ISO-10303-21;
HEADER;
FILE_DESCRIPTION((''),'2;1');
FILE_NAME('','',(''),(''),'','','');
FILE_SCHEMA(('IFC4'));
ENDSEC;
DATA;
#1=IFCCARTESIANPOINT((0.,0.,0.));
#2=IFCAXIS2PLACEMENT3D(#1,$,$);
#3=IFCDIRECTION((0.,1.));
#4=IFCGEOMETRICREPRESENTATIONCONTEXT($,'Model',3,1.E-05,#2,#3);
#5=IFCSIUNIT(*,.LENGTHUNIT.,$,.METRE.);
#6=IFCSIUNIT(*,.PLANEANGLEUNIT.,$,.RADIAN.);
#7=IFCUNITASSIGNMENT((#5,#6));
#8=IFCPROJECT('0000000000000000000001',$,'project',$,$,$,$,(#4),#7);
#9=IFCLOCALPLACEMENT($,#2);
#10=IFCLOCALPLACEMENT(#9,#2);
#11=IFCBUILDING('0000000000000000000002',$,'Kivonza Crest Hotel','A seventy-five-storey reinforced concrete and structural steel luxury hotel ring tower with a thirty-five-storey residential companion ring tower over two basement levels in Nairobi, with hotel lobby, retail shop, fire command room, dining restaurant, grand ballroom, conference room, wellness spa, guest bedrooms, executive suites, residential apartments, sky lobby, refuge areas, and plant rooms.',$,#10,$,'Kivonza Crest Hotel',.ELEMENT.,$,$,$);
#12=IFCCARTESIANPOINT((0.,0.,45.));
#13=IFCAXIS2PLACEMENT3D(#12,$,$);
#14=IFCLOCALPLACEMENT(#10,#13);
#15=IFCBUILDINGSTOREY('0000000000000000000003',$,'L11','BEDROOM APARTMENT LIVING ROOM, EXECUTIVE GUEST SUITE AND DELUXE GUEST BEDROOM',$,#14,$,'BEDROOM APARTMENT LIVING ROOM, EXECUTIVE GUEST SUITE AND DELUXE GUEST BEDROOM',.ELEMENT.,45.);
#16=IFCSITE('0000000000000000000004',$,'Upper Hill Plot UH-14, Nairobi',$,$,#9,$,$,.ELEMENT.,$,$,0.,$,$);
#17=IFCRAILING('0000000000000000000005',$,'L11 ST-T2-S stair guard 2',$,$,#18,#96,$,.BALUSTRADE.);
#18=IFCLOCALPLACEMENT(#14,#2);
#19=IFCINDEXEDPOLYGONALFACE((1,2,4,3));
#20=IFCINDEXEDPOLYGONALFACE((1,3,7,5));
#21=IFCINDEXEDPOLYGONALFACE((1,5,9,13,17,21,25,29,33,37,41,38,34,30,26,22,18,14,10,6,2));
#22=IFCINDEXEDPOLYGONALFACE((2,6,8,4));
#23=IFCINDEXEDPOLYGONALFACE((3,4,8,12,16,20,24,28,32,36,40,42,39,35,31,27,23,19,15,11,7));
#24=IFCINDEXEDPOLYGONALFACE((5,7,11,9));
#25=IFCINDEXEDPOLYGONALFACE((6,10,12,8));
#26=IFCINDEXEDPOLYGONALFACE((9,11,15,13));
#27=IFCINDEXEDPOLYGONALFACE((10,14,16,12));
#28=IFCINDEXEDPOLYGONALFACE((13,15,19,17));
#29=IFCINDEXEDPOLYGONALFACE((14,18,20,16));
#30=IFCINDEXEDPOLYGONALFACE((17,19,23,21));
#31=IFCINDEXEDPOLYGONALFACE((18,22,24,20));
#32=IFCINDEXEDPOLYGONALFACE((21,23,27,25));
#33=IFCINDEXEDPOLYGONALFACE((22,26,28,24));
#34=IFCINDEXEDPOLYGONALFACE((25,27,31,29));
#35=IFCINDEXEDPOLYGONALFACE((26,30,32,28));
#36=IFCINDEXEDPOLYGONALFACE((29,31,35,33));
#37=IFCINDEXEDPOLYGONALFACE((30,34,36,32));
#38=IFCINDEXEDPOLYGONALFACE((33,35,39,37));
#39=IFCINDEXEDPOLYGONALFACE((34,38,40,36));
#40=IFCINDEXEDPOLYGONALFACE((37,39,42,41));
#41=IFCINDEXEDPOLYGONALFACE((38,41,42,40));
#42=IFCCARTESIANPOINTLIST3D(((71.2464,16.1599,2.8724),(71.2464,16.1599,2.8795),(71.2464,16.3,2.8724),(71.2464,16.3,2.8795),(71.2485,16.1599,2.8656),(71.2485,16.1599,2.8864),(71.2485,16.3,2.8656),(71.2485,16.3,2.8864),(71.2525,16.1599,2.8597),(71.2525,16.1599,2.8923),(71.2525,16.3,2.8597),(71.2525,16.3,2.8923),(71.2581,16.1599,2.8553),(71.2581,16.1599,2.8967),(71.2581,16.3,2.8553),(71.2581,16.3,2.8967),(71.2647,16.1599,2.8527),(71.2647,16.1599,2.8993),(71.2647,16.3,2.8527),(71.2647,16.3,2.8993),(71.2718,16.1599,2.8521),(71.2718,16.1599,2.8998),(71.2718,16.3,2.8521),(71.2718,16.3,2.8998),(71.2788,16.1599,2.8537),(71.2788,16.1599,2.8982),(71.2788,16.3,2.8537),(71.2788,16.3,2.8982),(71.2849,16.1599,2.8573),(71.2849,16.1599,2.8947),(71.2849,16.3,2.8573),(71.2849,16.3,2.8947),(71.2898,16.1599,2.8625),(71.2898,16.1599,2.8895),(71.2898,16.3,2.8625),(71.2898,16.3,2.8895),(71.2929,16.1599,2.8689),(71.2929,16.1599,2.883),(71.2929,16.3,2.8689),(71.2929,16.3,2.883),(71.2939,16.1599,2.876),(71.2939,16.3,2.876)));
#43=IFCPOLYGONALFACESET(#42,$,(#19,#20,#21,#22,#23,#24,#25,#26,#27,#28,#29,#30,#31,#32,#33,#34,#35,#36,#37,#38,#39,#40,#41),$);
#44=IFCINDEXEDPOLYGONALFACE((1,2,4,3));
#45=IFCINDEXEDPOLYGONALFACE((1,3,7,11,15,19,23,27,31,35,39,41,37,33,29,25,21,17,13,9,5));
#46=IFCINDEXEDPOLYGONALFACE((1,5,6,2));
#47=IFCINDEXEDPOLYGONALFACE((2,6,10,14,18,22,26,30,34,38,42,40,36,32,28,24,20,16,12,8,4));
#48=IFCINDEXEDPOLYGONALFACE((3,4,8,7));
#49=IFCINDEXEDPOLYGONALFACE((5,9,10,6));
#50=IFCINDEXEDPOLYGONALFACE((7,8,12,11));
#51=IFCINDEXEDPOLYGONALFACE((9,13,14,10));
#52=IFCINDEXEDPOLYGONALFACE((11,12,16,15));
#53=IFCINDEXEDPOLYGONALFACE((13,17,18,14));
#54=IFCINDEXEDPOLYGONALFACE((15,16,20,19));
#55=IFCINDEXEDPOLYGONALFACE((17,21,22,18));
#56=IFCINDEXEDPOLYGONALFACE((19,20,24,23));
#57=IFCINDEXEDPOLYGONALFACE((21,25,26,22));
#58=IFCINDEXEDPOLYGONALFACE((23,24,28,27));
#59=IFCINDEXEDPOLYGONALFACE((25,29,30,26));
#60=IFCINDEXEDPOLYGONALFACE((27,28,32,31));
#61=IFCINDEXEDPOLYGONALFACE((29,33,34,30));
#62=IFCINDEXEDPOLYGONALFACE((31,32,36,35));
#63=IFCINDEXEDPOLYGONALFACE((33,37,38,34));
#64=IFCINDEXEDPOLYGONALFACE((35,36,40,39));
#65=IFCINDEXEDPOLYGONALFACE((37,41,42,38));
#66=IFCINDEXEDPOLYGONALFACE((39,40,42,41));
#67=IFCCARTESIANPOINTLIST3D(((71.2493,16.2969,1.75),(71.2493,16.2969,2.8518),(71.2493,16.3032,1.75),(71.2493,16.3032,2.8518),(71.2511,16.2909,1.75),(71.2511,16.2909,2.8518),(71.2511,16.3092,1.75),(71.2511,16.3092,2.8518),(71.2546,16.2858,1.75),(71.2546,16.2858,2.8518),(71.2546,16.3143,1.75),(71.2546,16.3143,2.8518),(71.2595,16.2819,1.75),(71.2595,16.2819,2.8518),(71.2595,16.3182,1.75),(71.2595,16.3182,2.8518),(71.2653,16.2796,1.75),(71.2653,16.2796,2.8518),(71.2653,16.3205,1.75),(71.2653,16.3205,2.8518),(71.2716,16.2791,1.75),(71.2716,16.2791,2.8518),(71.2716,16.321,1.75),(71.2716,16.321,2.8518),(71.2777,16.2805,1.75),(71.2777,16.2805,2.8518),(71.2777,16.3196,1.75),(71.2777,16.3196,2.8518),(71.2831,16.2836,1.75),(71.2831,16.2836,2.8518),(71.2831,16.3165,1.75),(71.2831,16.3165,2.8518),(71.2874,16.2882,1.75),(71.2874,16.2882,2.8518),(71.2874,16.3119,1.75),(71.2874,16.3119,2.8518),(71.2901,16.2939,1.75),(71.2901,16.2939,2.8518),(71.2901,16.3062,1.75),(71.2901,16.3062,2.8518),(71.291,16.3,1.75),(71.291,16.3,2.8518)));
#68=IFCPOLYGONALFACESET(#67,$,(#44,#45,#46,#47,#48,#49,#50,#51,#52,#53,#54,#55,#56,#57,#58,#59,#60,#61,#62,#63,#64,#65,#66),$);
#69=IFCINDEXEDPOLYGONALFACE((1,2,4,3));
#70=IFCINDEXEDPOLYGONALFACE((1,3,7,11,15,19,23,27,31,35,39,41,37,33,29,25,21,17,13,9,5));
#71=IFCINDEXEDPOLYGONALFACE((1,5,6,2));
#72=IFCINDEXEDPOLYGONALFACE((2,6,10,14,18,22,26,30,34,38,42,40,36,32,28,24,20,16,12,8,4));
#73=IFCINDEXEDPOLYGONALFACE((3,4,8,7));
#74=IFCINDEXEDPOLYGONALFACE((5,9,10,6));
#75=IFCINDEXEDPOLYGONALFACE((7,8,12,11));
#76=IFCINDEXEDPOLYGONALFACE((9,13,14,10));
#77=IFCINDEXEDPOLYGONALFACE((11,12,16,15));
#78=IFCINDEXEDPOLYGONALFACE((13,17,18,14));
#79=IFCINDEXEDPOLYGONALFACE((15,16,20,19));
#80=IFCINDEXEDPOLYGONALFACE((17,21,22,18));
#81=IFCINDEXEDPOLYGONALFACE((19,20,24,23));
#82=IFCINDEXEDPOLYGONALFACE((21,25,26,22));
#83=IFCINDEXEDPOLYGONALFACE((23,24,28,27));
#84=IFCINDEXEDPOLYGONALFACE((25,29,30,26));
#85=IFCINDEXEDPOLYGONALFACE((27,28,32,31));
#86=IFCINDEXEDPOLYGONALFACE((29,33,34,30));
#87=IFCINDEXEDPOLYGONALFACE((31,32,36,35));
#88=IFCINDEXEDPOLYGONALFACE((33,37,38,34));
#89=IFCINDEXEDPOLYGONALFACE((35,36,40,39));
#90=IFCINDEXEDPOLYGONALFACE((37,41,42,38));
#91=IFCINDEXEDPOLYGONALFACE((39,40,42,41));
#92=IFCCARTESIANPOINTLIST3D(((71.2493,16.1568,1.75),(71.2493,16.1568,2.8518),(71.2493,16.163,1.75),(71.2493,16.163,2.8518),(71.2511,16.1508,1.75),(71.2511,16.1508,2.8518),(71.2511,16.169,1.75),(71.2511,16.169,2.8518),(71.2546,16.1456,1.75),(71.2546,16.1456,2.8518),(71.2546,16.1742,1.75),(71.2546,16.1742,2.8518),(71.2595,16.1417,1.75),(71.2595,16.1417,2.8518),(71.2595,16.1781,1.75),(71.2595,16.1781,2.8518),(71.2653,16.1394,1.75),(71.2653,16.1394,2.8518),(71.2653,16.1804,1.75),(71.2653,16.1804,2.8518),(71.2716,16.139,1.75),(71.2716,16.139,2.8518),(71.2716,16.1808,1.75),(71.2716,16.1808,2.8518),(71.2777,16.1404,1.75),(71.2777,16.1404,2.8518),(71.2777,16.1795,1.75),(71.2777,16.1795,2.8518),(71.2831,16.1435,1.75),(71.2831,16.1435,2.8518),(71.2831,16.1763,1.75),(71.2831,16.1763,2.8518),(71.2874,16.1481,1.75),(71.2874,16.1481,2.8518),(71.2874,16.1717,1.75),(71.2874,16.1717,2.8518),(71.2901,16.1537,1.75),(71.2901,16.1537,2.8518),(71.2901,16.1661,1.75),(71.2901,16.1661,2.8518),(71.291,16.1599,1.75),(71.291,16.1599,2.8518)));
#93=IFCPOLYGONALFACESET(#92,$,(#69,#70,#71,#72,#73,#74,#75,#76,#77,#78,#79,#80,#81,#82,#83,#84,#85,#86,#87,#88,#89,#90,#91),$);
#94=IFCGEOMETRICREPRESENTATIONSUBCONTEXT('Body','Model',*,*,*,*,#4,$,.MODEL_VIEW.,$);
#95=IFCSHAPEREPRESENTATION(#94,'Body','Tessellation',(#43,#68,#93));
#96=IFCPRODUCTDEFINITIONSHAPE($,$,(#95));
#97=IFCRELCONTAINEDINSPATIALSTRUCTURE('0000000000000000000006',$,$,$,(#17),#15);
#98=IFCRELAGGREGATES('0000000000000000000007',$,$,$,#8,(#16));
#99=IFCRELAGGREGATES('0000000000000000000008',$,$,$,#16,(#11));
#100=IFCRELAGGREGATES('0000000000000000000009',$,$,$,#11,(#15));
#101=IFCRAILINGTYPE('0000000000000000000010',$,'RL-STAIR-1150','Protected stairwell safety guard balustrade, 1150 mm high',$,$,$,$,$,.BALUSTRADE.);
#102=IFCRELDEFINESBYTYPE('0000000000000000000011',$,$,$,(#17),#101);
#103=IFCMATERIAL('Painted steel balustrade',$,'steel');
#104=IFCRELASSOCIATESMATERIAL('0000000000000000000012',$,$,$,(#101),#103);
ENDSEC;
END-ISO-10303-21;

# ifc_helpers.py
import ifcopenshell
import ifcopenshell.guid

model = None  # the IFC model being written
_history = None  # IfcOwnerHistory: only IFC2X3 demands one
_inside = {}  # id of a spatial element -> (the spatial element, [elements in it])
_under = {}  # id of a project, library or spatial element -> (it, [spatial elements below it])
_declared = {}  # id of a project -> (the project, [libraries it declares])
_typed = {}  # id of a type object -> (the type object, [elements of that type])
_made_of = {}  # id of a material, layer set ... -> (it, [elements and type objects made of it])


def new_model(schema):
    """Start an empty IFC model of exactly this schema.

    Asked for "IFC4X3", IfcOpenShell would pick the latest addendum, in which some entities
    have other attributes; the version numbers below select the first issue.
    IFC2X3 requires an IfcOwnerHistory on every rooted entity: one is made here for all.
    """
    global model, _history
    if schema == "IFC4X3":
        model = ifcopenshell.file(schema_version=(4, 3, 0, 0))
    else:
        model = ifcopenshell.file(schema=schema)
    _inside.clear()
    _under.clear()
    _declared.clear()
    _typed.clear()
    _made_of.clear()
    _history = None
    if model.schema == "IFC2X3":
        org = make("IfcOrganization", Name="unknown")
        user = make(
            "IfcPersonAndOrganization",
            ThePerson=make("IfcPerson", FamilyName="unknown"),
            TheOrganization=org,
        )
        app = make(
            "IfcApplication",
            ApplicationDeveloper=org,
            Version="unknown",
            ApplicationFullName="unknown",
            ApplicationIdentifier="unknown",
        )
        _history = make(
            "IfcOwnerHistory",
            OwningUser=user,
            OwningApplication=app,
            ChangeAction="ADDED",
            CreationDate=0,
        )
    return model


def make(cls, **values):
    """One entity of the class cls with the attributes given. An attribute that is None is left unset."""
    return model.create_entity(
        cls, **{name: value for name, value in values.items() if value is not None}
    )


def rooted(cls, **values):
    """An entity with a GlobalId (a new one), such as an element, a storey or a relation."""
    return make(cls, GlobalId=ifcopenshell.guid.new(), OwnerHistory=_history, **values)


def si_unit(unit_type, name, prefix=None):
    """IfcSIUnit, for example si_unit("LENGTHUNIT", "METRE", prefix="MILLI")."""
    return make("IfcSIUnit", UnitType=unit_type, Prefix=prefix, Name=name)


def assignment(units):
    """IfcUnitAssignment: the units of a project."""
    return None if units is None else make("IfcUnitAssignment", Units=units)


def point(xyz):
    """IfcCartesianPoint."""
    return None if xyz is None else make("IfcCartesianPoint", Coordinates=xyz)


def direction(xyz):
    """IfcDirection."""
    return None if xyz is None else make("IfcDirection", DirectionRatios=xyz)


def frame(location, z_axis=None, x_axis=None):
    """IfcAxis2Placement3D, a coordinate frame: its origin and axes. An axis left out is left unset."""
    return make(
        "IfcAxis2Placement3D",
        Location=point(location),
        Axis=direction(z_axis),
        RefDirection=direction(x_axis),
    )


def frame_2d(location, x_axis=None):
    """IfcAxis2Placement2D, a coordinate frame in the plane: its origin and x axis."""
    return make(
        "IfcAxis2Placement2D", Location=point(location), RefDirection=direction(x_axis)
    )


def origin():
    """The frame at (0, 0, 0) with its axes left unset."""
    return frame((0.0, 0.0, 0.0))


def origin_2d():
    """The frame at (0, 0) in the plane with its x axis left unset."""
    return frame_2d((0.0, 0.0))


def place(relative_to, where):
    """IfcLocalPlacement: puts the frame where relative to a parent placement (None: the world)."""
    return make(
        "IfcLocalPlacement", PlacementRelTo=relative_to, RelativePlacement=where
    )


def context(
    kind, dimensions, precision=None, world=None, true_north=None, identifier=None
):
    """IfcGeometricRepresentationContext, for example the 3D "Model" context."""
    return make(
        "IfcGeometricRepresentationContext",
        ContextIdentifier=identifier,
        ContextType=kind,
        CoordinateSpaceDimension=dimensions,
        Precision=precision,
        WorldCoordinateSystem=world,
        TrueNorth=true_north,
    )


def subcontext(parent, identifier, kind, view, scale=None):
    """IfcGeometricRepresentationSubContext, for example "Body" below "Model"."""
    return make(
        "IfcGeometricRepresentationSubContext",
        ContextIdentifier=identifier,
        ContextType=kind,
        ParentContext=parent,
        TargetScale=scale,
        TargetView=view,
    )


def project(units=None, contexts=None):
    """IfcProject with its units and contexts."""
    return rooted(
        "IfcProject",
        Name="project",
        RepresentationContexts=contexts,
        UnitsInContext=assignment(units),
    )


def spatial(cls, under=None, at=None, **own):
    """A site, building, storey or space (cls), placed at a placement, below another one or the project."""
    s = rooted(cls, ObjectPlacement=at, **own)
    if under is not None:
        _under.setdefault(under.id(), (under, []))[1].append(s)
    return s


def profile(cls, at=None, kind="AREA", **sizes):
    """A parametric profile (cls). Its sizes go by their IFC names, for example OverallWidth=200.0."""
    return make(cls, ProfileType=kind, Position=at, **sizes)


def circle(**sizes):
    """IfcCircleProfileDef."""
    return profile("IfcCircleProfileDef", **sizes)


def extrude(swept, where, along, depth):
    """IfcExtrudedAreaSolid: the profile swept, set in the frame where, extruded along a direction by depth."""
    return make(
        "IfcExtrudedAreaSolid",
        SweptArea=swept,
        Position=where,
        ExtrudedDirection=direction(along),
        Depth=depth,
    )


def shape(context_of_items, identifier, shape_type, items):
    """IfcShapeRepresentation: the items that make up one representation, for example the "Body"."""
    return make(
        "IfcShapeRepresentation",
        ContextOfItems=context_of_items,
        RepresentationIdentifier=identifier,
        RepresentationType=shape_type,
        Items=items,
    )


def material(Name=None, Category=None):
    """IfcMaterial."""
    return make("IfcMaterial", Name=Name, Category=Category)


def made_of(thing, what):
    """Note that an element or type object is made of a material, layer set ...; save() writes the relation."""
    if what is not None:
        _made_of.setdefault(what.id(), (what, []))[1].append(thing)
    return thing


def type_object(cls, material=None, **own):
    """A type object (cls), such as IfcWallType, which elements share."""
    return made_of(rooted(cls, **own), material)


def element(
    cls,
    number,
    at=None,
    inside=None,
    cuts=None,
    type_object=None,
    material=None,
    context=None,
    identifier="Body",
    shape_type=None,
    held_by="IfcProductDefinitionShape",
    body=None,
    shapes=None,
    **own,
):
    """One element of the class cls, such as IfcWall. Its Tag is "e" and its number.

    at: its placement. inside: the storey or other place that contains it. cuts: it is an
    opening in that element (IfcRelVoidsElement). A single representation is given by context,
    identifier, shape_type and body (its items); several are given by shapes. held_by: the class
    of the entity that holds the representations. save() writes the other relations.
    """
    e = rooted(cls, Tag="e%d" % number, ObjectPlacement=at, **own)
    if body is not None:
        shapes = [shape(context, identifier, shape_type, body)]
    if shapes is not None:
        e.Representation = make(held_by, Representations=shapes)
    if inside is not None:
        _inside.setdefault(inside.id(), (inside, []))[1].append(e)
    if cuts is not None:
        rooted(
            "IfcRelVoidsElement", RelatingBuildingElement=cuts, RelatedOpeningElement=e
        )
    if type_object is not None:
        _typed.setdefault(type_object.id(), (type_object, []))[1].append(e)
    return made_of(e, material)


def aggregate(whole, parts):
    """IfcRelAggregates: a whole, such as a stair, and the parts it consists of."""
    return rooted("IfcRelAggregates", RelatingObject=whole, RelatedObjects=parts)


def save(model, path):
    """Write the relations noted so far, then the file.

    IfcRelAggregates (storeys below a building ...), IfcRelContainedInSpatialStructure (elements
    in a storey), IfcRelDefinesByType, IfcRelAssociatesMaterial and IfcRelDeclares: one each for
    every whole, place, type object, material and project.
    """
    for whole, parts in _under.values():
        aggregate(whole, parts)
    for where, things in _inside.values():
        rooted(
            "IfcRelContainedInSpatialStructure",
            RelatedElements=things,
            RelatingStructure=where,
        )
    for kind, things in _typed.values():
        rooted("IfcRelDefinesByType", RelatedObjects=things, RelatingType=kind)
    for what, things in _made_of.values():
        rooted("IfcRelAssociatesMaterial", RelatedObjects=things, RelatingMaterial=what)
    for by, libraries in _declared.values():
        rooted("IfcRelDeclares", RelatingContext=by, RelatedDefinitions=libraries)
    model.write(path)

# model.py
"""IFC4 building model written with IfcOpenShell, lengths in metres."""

from ifc_helpers import new_model, si_unit, direction, frame, origin, origin_2d, place, context, subcontext, project, spatial, circle, extrude, material, type_object, element, save


model = new_model("IFC4")

# Units and contexts
model_context = context("Model", 3, precision=1e-05, world=origin(), true_north=direction((0.0, 1.0)))
body_context = subcontext(model_context, "Body", "Model", "MODEL_VIEW")
ifc_project = project(units=[si_unit("LENGTHUNIT", "METRE"), si_unit("PLANEANGLEUNIT", "RADIAN")], contexts=[model_context])

# Site, building, storey
site_placement = place(None, origin())
site = spatial("IfcSite", under=ifc_project, at=site_placement, Name="Upper Hill Plot UH-14, Nairobi", CompositionType="ELEMENT", RefElevation=0.0)
building_placement = place(site_placement, origin())
building = spatial("IfcBuilding", under=site, at=building_placement, Name="Kivonza Crest Hotel", Description="A seventy-five-storey reinforced concrete and structural steel luxury hotel ring tower with a thirty-five-storey residential companion ring tower over two basement levels in Nairobi, with hotel lobby, retail shop, fire command room, dining restaurant, grand ballroom, conference room, wellness spa, guest bedrooms, executive suites, residential apartments, sky lobby, refuge areas, and plant rooms.", LongName="Kivonza Crest Hotel", CompositionType="ELEMENT")
storey_placement = place(building_placement, frame((0.0, 0.0, 45.0)))
storey = spatial("IfcBuildingStorey", under=building, at=storey_placement, Name="L11", Description="BEDROOM APARTMENT LIVING ROOM, EXECUTIVE GUEST SUITE AND DELUXE GUEST BEDROOM", LongName="BEDROOM APARTMENT LIVING ROOM, EXECUTIVE GUEST SUITE AND DELUXE GUEST BEDROOM", CompositionType="ELEMENT", Elevation=45.0)

# Railing
ifc_material_1 = material(Name="Painted steel balustrade", Category="steel")
railing_type_1 = type_object("IfcRailingType", Name="RL-STAIR-1150", Description="Protected stairwell safety guard balustrade, 1150 mm high", PredefinedType="BALUSTRADE", material=ifc_material_1)
railing_1_placement = place(storey_placement, frame((71.27, 16.3, 1.75)))
element("IfcRailing", 1, at=railing_1_placement, inside=storey, type_object=railing_type_1, Name="L11 ST-T2-S stair guard 2", PredefinedType="BALUSTRADE", context=body_context, shape_type="SweptSolid", body=[
    extrude(circle(Radius=0.0239, at=origin_2d()), frame((0.0, 0.0, 1.126), z_axis=(0.0, -1.0, 0.0), x_axis=(1.0, 0.0, 0.0)), (0.0, 0.0, 1.0), 0.1401),
    extrude(circle(Radius=0.021, at=origin_2d()), origin(), (0.0, 0.0, 1.0), 1.1018),
    extrude(circle(Radius=0.021, at=origin_2d()), frame((0.0, -0.1401, 0.0)), (0.0, 0.0, 1.0), 1.1018),
])

save(model, "model.ifc")
